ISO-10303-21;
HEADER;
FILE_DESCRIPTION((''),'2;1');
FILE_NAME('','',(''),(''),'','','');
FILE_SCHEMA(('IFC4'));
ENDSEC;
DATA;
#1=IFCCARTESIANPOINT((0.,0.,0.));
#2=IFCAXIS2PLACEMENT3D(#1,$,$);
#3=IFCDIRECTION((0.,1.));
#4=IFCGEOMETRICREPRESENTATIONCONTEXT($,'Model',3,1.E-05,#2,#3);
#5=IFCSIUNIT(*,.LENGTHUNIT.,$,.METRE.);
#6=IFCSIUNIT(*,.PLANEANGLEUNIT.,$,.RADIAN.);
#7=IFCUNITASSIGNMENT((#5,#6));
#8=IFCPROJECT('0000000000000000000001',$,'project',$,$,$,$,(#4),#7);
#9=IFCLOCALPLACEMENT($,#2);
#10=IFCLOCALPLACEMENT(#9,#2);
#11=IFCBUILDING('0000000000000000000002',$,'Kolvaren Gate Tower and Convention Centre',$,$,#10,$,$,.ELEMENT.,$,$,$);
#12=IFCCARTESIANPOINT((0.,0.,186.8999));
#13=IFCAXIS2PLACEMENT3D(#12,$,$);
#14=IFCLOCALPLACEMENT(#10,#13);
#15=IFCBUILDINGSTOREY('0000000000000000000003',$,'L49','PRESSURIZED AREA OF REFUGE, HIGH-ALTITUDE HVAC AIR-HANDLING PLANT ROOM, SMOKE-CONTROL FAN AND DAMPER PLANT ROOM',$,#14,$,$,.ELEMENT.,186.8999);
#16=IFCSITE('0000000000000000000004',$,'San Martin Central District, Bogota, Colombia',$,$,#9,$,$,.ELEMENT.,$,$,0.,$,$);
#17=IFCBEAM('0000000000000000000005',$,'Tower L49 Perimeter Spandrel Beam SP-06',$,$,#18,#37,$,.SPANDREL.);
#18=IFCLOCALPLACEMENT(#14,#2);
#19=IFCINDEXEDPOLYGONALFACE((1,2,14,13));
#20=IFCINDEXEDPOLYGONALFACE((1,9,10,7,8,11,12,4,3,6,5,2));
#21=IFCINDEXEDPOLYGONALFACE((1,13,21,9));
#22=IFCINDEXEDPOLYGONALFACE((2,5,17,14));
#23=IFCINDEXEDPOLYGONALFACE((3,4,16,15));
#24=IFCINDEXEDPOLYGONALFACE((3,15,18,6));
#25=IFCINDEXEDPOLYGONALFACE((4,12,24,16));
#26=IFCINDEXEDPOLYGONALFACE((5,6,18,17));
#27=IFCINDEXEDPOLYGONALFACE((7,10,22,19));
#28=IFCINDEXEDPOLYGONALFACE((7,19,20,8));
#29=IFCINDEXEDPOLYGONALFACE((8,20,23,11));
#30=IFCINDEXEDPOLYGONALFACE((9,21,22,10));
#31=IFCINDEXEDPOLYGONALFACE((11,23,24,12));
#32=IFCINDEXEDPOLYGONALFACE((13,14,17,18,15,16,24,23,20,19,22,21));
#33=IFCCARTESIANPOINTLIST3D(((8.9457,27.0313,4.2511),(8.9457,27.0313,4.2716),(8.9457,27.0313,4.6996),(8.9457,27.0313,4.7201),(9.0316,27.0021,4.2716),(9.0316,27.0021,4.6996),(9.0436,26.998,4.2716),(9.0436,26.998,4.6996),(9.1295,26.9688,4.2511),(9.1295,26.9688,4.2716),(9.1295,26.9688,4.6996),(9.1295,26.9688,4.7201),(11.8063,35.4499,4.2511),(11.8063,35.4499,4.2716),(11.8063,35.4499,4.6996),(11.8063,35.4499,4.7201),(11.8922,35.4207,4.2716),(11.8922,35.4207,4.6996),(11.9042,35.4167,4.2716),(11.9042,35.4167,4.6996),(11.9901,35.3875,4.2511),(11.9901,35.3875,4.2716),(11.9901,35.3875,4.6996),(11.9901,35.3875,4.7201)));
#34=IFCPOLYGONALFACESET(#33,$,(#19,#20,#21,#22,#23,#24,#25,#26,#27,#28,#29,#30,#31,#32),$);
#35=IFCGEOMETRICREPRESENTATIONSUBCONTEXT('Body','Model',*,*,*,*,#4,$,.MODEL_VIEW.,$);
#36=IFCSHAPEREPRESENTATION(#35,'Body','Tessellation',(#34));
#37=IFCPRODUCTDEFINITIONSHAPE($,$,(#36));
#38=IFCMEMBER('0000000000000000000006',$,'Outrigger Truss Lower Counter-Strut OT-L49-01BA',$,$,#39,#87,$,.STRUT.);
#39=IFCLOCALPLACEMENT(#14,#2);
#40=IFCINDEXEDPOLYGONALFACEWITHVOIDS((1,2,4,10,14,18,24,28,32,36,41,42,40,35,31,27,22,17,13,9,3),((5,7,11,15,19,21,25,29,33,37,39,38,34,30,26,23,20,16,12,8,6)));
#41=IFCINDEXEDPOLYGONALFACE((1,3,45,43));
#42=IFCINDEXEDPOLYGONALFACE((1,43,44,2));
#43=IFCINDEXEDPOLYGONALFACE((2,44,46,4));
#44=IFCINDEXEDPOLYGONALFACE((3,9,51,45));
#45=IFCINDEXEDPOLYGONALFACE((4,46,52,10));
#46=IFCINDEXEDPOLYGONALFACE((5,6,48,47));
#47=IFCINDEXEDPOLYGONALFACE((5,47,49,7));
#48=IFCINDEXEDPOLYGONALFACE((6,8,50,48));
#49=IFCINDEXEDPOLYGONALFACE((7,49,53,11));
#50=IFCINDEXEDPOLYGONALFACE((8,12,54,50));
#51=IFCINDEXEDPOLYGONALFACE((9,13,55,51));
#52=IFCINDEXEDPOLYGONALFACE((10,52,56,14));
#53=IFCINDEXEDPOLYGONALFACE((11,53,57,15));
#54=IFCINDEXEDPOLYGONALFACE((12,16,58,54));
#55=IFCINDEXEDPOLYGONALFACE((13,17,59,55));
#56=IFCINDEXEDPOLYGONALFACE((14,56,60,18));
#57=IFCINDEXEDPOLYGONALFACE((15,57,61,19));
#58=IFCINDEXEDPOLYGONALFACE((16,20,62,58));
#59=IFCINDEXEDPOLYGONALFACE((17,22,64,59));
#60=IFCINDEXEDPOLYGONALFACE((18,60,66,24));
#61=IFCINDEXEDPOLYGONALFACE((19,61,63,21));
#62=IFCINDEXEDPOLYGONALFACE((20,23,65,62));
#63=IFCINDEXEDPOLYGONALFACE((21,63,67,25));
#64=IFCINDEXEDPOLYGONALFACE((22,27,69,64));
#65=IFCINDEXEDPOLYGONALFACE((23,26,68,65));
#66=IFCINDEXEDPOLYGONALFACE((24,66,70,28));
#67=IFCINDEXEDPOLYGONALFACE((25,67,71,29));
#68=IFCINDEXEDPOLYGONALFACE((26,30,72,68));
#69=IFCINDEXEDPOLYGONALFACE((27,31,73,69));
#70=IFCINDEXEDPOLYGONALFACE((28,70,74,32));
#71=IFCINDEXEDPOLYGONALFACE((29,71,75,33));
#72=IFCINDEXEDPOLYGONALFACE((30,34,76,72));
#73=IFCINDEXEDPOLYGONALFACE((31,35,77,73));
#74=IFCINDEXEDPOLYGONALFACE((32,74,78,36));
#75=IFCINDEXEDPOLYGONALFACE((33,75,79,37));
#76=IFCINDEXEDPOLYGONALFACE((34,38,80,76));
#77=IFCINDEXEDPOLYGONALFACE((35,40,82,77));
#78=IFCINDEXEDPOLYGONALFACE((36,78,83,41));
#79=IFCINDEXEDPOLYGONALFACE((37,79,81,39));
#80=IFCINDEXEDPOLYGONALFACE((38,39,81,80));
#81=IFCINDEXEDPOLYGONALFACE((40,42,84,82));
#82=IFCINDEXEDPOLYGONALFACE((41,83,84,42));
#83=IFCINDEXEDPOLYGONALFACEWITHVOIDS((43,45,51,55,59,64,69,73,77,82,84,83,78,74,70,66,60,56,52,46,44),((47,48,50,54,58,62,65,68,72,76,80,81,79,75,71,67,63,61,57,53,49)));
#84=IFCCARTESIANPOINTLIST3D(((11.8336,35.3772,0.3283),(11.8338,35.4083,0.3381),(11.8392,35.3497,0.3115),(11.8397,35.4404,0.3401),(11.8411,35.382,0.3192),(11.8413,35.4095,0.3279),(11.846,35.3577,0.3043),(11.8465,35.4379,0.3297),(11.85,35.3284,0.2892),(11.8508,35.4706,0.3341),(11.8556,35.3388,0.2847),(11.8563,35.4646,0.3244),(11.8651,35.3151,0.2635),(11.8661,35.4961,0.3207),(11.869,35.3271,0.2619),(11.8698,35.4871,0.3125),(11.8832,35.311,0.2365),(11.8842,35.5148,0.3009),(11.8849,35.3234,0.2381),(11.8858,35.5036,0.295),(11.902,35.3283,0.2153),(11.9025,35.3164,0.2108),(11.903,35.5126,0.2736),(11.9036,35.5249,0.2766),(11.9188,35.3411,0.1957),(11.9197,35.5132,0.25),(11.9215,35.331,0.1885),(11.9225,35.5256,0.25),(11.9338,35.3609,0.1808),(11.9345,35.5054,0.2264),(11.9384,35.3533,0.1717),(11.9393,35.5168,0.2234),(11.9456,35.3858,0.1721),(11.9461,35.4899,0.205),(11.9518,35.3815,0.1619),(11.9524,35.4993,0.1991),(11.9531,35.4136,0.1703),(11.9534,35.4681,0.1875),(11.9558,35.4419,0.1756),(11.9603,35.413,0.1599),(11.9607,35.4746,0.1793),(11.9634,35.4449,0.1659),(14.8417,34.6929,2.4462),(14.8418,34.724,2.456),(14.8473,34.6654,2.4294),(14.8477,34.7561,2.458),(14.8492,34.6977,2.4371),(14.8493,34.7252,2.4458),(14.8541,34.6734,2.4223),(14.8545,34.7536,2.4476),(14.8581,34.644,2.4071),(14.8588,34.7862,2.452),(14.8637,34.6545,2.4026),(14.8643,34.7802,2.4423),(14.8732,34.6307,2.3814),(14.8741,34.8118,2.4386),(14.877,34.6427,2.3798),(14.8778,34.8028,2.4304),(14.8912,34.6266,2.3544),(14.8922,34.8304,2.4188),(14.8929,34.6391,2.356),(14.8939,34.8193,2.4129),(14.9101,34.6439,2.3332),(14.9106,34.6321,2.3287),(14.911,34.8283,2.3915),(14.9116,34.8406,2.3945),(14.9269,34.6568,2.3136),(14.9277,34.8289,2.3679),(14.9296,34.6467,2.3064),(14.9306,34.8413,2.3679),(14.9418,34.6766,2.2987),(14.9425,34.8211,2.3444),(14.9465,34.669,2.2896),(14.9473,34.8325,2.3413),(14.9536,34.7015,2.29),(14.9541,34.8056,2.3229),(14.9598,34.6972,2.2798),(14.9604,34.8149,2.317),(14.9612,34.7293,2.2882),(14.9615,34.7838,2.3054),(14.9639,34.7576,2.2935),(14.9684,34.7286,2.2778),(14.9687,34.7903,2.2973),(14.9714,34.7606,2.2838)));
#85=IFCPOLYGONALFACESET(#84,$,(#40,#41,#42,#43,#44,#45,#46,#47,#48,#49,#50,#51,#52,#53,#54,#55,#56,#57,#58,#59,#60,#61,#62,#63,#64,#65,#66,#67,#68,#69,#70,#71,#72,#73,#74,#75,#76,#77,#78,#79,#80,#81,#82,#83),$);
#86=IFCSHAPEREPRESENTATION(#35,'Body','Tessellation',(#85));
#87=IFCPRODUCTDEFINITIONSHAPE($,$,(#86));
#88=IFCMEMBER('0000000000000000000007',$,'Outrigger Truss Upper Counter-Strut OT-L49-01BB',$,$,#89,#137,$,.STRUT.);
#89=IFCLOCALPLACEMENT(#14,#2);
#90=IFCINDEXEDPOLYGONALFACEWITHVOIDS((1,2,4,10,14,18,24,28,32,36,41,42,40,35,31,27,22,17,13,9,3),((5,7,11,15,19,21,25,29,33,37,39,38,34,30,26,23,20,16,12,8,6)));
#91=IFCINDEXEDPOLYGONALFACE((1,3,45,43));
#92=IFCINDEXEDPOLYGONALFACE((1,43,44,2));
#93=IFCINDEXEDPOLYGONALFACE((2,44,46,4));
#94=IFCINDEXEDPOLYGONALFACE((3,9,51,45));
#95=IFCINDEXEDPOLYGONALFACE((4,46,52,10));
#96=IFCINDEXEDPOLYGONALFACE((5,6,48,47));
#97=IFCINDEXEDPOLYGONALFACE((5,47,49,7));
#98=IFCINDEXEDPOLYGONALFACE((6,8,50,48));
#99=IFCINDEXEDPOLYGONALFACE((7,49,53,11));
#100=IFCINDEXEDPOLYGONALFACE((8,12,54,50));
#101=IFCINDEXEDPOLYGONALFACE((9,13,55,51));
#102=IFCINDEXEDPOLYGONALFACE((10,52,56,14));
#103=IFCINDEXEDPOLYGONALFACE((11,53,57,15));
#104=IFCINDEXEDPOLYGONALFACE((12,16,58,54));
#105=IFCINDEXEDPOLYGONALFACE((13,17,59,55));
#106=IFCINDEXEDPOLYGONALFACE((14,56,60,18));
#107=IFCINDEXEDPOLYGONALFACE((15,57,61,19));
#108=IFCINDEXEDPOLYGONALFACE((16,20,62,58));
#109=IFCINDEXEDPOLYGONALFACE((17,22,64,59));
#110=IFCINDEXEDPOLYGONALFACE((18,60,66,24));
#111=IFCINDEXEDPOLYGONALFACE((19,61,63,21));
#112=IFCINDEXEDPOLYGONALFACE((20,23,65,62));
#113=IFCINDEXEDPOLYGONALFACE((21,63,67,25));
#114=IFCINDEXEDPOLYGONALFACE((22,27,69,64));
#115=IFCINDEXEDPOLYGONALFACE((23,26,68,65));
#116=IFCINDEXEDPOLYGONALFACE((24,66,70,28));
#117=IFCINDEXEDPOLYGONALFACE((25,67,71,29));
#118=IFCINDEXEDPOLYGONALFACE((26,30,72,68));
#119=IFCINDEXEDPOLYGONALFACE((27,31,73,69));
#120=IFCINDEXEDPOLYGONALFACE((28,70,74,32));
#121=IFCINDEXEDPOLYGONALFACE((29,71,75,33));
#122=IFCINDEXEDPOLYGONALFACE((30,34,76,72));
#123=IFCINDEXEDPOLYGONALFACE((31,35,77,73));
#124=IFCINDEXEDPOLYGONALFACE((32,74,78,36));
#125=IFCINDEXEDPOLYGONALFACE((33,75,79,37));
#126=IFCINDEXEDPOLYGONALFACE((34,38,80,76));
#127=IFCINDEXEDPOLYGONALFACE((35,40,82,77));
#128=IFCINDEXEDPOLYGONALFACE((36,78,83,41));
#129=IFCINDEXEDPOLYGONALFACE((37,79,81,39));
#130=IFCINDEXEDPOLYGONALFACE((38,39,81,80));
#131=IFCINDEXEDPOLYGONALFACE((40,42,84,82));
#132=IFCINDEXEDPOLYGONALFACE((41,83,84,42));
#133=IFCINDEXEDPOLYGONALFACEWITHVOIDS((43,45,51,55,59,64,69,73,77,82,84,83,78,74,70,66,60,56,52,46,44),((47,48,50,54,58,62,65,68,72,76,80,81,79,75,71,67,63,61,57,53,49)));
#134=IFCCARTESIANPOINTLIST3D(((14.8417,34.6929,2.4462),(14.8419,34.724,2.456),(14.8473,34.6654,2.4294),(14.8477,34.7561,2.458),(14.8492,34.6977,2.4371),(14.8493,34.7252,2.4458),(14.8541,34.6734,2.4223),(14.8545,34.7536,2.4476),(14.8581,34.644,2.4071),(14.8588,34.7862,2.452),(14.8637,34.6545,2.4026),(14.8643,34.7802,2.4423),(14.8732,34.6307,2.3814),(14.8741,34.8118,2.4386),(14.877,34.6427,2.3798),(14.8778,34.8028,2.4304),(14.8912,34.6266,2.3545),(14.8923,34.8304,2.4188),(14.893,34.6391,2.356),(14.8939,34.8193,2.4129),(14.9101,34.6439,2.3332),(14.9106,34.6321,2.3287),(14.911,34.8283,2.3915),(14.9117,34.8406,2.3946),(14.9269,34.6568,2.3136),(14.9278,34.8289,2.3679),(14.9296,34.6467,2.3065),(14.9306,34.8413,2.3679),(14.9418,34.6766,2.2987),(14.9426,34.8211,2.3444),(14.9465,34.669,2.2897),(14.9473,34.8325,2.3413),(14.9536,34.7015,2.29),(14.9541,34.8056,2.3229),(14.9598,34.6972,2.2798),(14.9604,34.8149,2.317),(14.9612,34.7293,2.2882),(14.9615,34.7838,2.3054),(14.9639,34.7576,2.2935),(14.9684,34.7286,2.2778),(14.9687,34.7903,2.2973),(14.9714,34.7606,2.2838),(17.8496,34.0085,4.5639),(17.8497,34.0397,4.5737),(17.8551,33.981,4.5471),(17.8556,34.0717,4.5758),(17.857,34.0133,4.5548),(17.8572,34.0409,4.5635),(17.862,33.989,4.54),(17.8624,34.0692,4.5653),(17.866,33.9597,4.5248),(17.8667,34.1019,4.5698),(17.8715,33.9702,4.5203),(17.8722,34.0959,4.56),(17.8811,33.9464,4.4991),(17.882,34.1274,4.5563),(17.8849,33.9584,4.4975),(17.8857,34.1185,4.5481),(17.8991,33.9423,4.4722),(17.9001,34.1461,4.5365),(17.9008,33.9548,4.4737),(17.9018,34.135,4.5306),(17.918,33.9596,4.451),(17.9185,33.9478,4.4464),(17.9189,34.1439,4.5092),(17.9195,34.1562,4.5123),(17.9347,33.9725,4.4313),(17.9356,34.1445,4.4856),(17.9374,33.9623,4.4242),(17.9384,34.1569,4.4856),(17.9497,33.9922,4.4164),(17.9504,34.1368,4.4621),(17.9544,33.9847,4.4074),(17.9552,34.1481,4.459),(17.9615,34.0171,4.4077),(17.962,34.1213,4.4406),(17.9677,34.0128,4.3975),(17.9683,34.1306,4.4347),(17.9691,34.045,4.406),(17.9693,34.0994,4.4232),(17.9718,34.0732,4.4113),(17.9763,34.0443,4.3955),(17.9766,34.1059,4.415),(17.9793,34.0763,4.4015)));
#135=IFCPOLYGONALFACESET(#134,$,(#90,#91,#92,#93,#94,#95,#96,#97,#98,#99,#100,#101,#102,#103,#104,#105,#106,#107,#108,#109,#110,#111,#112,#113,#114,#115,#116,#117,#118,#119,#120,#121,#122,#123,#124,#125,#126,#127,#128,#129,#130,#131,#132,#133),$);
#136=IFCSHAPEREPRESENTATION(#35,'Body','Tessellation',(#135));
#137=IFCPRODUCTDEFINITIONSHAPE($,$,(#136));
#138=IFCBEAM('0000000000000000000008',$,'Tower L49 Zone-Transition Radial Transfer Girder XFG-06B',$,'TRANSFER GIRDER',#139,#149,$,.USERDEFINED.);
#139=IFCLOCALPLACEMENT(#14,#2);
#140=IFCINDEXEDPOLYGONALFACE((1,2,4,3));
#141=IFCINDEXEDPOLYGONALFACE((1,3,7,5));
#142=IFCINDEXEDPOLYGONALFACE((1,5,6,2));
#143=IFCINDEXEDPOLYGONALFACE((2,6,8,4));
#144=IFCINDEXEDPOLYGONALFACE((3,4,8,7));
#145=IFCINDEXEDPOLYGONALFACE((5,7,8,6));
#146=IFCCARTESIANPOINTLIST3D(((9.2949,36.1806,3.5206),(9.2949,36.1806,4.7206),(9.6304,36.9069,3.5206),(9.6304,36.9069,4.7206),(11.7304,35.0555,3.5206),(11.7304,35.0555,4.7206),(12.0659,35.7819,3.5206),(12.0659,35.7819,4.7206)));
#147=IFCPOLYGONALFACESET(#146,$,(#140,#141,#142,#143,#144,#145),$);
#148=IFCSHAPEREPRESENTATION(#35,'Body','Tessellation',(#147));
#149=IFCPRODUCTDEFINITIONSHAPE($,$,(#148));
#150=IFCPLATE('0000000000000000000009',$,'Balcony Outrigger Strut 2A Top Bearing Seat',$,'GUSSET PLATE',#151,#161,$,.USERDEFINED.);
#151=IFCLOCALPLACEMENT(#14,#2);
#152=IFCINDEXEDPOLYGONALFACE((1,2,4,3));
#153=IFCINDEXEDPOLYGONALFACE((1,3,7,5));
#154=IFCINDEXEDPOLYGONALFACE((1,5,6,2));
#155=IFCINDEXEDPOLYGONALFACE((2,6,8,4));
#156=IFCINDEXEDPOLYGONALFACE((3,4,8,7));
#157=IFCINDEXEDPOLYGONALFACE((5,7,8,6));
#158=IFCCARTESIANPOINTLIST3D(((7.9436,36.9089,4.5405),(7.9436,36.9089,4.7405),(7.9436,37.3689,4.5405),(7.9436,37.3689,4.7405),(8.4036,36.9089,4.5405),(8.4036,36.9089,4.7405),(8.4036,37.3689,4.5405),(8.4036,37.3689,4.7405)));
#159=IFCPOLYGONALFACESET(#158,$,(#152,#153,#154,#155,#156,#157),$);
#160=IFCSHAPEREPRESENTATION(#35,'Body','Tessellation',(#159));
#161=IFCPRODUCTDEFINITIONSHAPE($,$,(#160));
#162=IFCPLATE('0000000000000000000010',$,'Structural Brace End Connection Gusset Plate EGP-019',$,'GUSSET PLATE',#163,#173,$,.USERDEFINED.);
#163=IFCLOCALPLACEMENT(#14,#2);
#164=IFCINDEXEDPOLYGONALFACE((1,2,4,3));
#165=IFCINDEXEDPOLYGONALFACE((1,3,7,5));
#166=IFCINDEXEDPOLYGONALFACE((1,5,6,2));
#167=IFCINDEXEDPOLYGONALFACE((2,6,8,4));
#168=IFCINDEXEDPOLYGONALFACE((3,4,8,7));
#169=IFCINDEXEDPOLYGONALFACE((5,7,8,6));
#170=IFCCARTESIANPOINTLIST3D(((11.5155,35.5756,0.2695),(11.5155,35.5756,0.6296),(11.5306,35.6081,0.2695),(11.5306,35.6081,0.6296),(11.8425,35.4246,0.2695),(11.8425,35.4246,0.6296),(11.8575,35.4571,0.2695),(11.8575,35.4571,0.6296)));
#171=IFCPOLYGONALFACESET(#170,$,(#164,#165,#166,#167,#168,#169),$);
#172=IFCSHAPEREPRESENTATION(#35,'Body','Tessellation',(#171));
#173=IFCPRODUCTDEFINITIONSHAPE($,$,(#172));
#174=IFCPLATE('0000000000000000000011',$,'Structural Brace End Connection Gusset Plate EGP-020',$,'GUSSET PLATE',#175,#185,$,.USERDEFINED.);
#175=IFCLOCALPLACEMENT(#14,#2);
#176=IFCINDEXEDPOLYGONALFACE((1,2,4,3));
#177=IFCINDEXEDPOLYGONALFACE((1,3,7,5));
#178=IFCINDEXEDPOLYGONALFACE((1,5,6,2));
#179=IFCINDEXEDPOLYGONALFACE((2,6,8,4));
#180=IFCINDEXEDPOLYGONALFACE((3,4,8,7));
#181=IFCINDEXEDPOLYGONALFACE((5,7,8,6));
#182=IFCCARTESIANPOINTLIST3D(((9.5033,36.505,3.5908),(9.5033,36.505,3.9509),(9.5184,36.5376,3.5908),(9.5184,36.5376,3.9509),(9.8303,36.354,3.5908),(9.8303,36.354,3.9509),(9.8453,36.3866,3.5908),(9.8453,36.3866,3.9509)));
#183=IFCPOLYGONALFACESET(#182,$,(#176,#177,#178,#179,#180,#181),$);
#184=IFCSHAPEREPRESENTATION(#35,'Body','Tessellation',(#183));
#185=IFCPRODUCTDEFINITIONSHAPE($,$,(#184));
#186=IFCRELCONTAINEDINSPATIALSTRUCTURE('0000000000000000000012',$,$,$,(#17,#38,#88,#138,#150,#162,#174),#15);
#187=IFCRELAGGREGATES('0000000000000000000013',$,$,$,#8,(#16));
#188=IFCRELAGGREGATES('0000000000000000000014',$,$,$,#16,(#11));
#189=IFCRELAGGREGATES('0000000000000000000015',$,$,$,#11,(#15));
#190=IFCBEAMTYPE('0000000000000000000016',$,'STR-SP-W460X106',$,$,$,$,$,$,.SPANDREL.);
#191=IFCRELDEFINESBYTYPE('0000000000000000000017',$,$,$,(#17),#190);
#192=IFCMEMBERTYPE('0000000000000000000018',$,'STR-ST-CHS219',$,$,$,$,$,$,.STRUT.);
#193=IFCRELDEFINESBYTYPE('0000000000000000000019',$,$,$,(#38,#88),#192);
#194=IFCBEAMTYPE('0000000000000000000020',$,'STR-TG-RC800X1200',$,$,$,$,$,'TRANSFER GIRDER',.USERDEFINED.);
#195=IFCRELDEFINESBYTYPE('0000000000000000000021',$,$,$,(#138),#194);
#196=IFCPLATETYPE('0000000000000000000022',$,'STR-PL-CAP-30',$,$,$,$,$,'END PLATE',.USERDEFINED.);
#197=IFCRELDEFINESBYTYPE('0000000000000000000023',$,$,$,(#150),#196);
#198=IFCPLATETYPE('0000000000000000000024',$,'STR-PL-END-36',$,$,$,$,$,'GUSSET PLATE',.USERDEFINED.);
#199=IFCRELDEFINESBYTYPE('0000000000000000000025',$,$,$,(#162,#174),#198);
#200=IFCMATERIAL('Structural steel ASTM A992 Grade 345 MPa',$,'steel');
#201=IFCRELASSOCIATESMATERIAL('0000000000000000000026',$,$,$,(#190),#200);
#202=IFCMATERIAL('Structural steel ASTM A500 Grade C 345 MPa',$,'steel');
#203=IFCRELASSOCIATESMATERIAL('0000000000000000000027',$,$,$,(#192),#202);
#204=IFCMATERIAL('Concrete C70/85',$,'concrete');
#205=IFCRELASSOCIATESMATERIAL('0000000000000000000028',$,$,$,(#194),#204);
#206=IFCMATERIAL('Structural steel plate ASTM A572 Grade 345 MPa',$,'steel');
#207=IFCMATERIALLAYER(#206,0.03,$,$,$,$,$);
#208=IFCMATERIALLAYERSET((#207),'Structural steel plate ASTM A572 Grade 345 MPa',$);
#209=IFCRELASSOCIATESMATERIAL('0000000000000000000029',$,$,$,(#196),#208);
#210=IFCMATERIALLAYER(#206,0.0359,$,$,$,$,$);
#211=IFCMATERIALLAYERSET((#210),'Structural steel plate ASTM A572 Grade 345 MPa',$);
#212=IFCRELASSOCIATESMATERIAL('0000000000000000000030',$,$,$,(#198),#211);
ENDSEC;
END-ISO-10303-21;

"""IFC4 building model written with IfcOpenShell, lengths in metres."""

from ifc_helpers import new_model, si_unit, direction, frame, origin, origin_2d, place, context, subcontext, project, spatial, rectangle, hollow_circle, i_section, extrude, material, layer, layer_set, material_profile, profile_set, type_object, element, save


model = new_model("IFC4")

# Units and contexts
model_context = context("Model", 3, precision=1e-05, world=origin(), true_north=direction((0.0, 1.0)))
body_context = subcontext(model_context, "Body", "Model", "MODEL_VIEW")
ifc_project = project(units=[si_unit("LENGTHUNIT", "METRE"), si_unit("PLANEANGLEUNIT", "RADIAN")], contexts=[model_context])

# Site, building, storey
site_placement = place(None, origin())
site = spatial("IfcSite", under=ifc_project, at=site_placement, Name="San Martin Central District, Bogota, Colombia", CompositionType="ELEMENT", RefElevation=0.0)
building_placement = place(site_placement, origin())
building = spatial("IfcBuilding", under=site, at=building_placement, Name="Kolvaren Gate Tower and Convention Centre", CompositionType="ELEMENT")
storey_placement = place(building_placement, frame((0.0, 0.0, 186.8999)))
storey = spatial("IfcBuildingStorey", under=building, at=storey_placement, Name="L49", Description="PRESSURIZED AREA OF REFUGE, HIGH-ALTITUDE HVAC AIR-HANDLING PLANT ROOM, SMOKE-CONTROL FAN AND DAMPER PLANT ROOM", CompositionType="ELEMENT", Elevation=186.8999)

# Shared definitions
ifc_material_1 = material(Name="Structural steel ASTM A992 Grade 345 MPa", Category="steel")

# Shared definitions
ifc_material_2 = material(Name="Structural steel ASTM A500 Grade C 345 MPa", Category="steel")

# Beam
ifc_material_profile_1 = material_profile(ifc_material_1, i_section(OverallWidth=0.1941, OverallDepth=0.469, WebThickness=0.0127, FlangeThickness=0.0205, at=origin_2d()), Name="W460X106")
ifc_profile_set_1 = profile_set([ifc_material_profile_1], Name="Structural steel ASTM A992 Grade 345 MPa")
beam_type_1 = type_object("IfcBeamType", Name="STR-SP-W460X106", PredefinedType="SPANDREL", material=ifc_profile_set_1)
beam_1_placement = place(storey_placement, frame((11.8982, 35.4187, 4.4856), z_axis=(-0.321725, -0.946833, 0.0), x_axis=(0.946833, -0.321725, 0.0)))
element("IfcBeam", 1, at=beam_1_placement, inside=storey, type_object=beam_type_1, Name="Tower L49 Perimeter Spandrel Beam SP-06", PredefinedType="SPANDREL", context=body_context, shape_type="SweptSolid", body=[
    extrude(i_section(OverallWidth=0.1941, OverallDepth=0.469, WebThickness=0.0127, FlangeThickness=0.0205, at=origin_2d()), origin(), (0.0, 0.0, 1.0), 8.8914),
])

# Members
ifc_material_profile_2 = material_profile(ifc_material_2, hollow_circle(Radius=0.1096, WallThickness=0.0127, at=origin_2d()), Name="CHS219X12.7")
ifc_profile_set_2 = profile_set([ifc_material_profile_2], Name="Structural steel ASTM A500 Grade C 345 MPa")
member_type_1 = type_object("IfcMemberType", Name="STR-ST-CHS219", PredefinedType="STRUT", material=ifc_profile_set_2)
member_1_placement = place(storey_placement, frame((11.8982, 35.4187, 0.25), z_axis=(0.803871, -0.182879, 0.565992), x_axis=(0.22183, 0.975085, 0.0)))
element("IfcMember", 2, at=member_1_placement, inside=storey, type_object=member_type_1, Name="Outrigger Truss Lower Counter-Strut OT-L49-01BA", PredefinedType="STRUT", context=body_context, shape_type="SweptSolid", body=[
    extrude(hollow_circle(Radius=0.1096, WallThickness=0.0127, at=origin_2d()), origin(), (0.0, 0.0, 1.0), 3.7419),
])
member_2_placement = place(storey_placement, frame((14.9062, 34.7344, 2.3679), z_axis=(0.803878, -0.182895, 0.565977), x_axis=(0.221847, 0.975082, 0.0)))
element("IfcMember", 3, at=member_2_placement, inside=storey, type_object=member_type_1, Name="Outrigger Truss Upper Counter-Strut OT-L49-01BB", PredefinedType="STRUT", context=body_context, shape_type="SweptSolid", body=[
    extrude(hollow_circle(Radius=0.1096, WallThickness=0.0127, at=origin_2d()), origin(), (0.0, 0.0, 1.0), 3.7417),
])

# Beam
ifc_material_3 = material(Name="Concrete C70/85", Category="concrete")
ifc_material_profile_3 = material_profile(ifc_material_3, rectangle(XDim=0.8, YDim=1.2, at=origin_2d()), Name="RC-BM-800X1200")
ifc_profile_set_3 = profile_set([ifc_material_profile_3], Name="Concrete C70/85")
beam_type_2 = type_object("IfcBeamType", Name="STR-TG-RC800X1200", ElementType="TRANSFER GIRDER", PredefinedType="USERDEFINED", material=ifc_profile_set_3)
beam_2_placement = place(storey_placement, frame((11.8982, 35.4187, 4.1206), z_axis=(-0.907831, 0.419335, 0.0), x_axis=(-0.419335, -0.907831, 0.0)))
element("IfcBeam", 4, at=beam_2_placement, inside=storey, type_object=beam_type_2, Name="Tower L49 Zone-Transition Radial Transfer Girder XFG-06B", ObjectType="TRANSFER GIRDER", PredefinedType="USERDEFINED", context=body_context, shape_type="SweptSolid", body=[
    extrude(rectangle(XDim=0.8, YDim=1.2, at=origin_2d()), origin(), (0.0, 0.0, 1.0), 2.6829),
])

# Plates
ifc_material_4 = material(Name="Structural steel plate ASTM A572 Grade 345 MPa", Category="steel")
ifc_layer_1 = layer(ifc_material_4, 0.03)
ifc_layer_set_1 = layer_set([ifc_layer_1], Name="Structural steel plate ASTM A572 Grade 345 MPa")
plate_type_1 = type_object("IfcPlateType", Name="STR-PL-CAP-30", ElementType="END PLATE", PredefinedType="USERDEFINED", material=ifc_layer_set_1)
plate_1_placement = place(storey_placement, frame((8.1736, 37.1389, 4.5405), z_axis=(0.0, 0.0, 1.0), x_axis=(1.0, 0.0, 0.0)))
element("IfcPlate", 5, at=plate_1_placement, inside=storey, type_object=plate_type_1, Name="Balcony Outrigger Strut 2A Top Bearing Seat", ObjectType="GUSSET PLATE", PredefinedType="USERDEFINED", context=body_context, shape_type="SweptSolid", body=[
    extrude(rectangle(XDim=0.46, YDim=0.46, at=origin_2d()), origin(), (0.0, 0.0, 1.0), 0.2),
])
ifc_layer_2 = layer(ifc_material_4, 0.0359)
ifc_layer_set_2 = layer_set([ifc_layer_2], Name="Structural steel plate ASTM A572 Grade 345 MPa")
plate_type_2 = type_object("IfcPlateType", Name="STR-PL-END-36", ElementType="GUSSET PLATE", PredefinedType="USERDEFINED", material=ifc_layer_set_2)
for number, where, z_axis, x_axis, name in (
    (6, (11.6865, 35.5164, 0.2695), (0.0, 0.0, 1.0), (-0.907842, 0.419313, 0.0), "Structural Brace End Connection Gusset Plate EGP-019"),
    (7, (9.6743, 36.4458, 3.5908), (0.0, 0.0, 1.0), (-0.907842, 0.419313, 0.0), "Structural Brace End Connection Gusset Plate EGP-020"),
):
    element("IfcPlate", number, at=place(storey_placement, frame(where, z_axis=z_axis, x_axis=x_axis)), inside=storey, type_object=plate_type_2, Name=name, ObjectType="GUSSET PLATE", PredefinedType="USERDEFINED", context=body_context, shape_type="SweptSolid", body=[
        extrude(rectangle(XDim=0.3601, YDim=0.0359, at=origin_2d()), origin(), (0.0, 0.0, 1.0), 0.3601),
    ])

save(model, "model.ifc")
